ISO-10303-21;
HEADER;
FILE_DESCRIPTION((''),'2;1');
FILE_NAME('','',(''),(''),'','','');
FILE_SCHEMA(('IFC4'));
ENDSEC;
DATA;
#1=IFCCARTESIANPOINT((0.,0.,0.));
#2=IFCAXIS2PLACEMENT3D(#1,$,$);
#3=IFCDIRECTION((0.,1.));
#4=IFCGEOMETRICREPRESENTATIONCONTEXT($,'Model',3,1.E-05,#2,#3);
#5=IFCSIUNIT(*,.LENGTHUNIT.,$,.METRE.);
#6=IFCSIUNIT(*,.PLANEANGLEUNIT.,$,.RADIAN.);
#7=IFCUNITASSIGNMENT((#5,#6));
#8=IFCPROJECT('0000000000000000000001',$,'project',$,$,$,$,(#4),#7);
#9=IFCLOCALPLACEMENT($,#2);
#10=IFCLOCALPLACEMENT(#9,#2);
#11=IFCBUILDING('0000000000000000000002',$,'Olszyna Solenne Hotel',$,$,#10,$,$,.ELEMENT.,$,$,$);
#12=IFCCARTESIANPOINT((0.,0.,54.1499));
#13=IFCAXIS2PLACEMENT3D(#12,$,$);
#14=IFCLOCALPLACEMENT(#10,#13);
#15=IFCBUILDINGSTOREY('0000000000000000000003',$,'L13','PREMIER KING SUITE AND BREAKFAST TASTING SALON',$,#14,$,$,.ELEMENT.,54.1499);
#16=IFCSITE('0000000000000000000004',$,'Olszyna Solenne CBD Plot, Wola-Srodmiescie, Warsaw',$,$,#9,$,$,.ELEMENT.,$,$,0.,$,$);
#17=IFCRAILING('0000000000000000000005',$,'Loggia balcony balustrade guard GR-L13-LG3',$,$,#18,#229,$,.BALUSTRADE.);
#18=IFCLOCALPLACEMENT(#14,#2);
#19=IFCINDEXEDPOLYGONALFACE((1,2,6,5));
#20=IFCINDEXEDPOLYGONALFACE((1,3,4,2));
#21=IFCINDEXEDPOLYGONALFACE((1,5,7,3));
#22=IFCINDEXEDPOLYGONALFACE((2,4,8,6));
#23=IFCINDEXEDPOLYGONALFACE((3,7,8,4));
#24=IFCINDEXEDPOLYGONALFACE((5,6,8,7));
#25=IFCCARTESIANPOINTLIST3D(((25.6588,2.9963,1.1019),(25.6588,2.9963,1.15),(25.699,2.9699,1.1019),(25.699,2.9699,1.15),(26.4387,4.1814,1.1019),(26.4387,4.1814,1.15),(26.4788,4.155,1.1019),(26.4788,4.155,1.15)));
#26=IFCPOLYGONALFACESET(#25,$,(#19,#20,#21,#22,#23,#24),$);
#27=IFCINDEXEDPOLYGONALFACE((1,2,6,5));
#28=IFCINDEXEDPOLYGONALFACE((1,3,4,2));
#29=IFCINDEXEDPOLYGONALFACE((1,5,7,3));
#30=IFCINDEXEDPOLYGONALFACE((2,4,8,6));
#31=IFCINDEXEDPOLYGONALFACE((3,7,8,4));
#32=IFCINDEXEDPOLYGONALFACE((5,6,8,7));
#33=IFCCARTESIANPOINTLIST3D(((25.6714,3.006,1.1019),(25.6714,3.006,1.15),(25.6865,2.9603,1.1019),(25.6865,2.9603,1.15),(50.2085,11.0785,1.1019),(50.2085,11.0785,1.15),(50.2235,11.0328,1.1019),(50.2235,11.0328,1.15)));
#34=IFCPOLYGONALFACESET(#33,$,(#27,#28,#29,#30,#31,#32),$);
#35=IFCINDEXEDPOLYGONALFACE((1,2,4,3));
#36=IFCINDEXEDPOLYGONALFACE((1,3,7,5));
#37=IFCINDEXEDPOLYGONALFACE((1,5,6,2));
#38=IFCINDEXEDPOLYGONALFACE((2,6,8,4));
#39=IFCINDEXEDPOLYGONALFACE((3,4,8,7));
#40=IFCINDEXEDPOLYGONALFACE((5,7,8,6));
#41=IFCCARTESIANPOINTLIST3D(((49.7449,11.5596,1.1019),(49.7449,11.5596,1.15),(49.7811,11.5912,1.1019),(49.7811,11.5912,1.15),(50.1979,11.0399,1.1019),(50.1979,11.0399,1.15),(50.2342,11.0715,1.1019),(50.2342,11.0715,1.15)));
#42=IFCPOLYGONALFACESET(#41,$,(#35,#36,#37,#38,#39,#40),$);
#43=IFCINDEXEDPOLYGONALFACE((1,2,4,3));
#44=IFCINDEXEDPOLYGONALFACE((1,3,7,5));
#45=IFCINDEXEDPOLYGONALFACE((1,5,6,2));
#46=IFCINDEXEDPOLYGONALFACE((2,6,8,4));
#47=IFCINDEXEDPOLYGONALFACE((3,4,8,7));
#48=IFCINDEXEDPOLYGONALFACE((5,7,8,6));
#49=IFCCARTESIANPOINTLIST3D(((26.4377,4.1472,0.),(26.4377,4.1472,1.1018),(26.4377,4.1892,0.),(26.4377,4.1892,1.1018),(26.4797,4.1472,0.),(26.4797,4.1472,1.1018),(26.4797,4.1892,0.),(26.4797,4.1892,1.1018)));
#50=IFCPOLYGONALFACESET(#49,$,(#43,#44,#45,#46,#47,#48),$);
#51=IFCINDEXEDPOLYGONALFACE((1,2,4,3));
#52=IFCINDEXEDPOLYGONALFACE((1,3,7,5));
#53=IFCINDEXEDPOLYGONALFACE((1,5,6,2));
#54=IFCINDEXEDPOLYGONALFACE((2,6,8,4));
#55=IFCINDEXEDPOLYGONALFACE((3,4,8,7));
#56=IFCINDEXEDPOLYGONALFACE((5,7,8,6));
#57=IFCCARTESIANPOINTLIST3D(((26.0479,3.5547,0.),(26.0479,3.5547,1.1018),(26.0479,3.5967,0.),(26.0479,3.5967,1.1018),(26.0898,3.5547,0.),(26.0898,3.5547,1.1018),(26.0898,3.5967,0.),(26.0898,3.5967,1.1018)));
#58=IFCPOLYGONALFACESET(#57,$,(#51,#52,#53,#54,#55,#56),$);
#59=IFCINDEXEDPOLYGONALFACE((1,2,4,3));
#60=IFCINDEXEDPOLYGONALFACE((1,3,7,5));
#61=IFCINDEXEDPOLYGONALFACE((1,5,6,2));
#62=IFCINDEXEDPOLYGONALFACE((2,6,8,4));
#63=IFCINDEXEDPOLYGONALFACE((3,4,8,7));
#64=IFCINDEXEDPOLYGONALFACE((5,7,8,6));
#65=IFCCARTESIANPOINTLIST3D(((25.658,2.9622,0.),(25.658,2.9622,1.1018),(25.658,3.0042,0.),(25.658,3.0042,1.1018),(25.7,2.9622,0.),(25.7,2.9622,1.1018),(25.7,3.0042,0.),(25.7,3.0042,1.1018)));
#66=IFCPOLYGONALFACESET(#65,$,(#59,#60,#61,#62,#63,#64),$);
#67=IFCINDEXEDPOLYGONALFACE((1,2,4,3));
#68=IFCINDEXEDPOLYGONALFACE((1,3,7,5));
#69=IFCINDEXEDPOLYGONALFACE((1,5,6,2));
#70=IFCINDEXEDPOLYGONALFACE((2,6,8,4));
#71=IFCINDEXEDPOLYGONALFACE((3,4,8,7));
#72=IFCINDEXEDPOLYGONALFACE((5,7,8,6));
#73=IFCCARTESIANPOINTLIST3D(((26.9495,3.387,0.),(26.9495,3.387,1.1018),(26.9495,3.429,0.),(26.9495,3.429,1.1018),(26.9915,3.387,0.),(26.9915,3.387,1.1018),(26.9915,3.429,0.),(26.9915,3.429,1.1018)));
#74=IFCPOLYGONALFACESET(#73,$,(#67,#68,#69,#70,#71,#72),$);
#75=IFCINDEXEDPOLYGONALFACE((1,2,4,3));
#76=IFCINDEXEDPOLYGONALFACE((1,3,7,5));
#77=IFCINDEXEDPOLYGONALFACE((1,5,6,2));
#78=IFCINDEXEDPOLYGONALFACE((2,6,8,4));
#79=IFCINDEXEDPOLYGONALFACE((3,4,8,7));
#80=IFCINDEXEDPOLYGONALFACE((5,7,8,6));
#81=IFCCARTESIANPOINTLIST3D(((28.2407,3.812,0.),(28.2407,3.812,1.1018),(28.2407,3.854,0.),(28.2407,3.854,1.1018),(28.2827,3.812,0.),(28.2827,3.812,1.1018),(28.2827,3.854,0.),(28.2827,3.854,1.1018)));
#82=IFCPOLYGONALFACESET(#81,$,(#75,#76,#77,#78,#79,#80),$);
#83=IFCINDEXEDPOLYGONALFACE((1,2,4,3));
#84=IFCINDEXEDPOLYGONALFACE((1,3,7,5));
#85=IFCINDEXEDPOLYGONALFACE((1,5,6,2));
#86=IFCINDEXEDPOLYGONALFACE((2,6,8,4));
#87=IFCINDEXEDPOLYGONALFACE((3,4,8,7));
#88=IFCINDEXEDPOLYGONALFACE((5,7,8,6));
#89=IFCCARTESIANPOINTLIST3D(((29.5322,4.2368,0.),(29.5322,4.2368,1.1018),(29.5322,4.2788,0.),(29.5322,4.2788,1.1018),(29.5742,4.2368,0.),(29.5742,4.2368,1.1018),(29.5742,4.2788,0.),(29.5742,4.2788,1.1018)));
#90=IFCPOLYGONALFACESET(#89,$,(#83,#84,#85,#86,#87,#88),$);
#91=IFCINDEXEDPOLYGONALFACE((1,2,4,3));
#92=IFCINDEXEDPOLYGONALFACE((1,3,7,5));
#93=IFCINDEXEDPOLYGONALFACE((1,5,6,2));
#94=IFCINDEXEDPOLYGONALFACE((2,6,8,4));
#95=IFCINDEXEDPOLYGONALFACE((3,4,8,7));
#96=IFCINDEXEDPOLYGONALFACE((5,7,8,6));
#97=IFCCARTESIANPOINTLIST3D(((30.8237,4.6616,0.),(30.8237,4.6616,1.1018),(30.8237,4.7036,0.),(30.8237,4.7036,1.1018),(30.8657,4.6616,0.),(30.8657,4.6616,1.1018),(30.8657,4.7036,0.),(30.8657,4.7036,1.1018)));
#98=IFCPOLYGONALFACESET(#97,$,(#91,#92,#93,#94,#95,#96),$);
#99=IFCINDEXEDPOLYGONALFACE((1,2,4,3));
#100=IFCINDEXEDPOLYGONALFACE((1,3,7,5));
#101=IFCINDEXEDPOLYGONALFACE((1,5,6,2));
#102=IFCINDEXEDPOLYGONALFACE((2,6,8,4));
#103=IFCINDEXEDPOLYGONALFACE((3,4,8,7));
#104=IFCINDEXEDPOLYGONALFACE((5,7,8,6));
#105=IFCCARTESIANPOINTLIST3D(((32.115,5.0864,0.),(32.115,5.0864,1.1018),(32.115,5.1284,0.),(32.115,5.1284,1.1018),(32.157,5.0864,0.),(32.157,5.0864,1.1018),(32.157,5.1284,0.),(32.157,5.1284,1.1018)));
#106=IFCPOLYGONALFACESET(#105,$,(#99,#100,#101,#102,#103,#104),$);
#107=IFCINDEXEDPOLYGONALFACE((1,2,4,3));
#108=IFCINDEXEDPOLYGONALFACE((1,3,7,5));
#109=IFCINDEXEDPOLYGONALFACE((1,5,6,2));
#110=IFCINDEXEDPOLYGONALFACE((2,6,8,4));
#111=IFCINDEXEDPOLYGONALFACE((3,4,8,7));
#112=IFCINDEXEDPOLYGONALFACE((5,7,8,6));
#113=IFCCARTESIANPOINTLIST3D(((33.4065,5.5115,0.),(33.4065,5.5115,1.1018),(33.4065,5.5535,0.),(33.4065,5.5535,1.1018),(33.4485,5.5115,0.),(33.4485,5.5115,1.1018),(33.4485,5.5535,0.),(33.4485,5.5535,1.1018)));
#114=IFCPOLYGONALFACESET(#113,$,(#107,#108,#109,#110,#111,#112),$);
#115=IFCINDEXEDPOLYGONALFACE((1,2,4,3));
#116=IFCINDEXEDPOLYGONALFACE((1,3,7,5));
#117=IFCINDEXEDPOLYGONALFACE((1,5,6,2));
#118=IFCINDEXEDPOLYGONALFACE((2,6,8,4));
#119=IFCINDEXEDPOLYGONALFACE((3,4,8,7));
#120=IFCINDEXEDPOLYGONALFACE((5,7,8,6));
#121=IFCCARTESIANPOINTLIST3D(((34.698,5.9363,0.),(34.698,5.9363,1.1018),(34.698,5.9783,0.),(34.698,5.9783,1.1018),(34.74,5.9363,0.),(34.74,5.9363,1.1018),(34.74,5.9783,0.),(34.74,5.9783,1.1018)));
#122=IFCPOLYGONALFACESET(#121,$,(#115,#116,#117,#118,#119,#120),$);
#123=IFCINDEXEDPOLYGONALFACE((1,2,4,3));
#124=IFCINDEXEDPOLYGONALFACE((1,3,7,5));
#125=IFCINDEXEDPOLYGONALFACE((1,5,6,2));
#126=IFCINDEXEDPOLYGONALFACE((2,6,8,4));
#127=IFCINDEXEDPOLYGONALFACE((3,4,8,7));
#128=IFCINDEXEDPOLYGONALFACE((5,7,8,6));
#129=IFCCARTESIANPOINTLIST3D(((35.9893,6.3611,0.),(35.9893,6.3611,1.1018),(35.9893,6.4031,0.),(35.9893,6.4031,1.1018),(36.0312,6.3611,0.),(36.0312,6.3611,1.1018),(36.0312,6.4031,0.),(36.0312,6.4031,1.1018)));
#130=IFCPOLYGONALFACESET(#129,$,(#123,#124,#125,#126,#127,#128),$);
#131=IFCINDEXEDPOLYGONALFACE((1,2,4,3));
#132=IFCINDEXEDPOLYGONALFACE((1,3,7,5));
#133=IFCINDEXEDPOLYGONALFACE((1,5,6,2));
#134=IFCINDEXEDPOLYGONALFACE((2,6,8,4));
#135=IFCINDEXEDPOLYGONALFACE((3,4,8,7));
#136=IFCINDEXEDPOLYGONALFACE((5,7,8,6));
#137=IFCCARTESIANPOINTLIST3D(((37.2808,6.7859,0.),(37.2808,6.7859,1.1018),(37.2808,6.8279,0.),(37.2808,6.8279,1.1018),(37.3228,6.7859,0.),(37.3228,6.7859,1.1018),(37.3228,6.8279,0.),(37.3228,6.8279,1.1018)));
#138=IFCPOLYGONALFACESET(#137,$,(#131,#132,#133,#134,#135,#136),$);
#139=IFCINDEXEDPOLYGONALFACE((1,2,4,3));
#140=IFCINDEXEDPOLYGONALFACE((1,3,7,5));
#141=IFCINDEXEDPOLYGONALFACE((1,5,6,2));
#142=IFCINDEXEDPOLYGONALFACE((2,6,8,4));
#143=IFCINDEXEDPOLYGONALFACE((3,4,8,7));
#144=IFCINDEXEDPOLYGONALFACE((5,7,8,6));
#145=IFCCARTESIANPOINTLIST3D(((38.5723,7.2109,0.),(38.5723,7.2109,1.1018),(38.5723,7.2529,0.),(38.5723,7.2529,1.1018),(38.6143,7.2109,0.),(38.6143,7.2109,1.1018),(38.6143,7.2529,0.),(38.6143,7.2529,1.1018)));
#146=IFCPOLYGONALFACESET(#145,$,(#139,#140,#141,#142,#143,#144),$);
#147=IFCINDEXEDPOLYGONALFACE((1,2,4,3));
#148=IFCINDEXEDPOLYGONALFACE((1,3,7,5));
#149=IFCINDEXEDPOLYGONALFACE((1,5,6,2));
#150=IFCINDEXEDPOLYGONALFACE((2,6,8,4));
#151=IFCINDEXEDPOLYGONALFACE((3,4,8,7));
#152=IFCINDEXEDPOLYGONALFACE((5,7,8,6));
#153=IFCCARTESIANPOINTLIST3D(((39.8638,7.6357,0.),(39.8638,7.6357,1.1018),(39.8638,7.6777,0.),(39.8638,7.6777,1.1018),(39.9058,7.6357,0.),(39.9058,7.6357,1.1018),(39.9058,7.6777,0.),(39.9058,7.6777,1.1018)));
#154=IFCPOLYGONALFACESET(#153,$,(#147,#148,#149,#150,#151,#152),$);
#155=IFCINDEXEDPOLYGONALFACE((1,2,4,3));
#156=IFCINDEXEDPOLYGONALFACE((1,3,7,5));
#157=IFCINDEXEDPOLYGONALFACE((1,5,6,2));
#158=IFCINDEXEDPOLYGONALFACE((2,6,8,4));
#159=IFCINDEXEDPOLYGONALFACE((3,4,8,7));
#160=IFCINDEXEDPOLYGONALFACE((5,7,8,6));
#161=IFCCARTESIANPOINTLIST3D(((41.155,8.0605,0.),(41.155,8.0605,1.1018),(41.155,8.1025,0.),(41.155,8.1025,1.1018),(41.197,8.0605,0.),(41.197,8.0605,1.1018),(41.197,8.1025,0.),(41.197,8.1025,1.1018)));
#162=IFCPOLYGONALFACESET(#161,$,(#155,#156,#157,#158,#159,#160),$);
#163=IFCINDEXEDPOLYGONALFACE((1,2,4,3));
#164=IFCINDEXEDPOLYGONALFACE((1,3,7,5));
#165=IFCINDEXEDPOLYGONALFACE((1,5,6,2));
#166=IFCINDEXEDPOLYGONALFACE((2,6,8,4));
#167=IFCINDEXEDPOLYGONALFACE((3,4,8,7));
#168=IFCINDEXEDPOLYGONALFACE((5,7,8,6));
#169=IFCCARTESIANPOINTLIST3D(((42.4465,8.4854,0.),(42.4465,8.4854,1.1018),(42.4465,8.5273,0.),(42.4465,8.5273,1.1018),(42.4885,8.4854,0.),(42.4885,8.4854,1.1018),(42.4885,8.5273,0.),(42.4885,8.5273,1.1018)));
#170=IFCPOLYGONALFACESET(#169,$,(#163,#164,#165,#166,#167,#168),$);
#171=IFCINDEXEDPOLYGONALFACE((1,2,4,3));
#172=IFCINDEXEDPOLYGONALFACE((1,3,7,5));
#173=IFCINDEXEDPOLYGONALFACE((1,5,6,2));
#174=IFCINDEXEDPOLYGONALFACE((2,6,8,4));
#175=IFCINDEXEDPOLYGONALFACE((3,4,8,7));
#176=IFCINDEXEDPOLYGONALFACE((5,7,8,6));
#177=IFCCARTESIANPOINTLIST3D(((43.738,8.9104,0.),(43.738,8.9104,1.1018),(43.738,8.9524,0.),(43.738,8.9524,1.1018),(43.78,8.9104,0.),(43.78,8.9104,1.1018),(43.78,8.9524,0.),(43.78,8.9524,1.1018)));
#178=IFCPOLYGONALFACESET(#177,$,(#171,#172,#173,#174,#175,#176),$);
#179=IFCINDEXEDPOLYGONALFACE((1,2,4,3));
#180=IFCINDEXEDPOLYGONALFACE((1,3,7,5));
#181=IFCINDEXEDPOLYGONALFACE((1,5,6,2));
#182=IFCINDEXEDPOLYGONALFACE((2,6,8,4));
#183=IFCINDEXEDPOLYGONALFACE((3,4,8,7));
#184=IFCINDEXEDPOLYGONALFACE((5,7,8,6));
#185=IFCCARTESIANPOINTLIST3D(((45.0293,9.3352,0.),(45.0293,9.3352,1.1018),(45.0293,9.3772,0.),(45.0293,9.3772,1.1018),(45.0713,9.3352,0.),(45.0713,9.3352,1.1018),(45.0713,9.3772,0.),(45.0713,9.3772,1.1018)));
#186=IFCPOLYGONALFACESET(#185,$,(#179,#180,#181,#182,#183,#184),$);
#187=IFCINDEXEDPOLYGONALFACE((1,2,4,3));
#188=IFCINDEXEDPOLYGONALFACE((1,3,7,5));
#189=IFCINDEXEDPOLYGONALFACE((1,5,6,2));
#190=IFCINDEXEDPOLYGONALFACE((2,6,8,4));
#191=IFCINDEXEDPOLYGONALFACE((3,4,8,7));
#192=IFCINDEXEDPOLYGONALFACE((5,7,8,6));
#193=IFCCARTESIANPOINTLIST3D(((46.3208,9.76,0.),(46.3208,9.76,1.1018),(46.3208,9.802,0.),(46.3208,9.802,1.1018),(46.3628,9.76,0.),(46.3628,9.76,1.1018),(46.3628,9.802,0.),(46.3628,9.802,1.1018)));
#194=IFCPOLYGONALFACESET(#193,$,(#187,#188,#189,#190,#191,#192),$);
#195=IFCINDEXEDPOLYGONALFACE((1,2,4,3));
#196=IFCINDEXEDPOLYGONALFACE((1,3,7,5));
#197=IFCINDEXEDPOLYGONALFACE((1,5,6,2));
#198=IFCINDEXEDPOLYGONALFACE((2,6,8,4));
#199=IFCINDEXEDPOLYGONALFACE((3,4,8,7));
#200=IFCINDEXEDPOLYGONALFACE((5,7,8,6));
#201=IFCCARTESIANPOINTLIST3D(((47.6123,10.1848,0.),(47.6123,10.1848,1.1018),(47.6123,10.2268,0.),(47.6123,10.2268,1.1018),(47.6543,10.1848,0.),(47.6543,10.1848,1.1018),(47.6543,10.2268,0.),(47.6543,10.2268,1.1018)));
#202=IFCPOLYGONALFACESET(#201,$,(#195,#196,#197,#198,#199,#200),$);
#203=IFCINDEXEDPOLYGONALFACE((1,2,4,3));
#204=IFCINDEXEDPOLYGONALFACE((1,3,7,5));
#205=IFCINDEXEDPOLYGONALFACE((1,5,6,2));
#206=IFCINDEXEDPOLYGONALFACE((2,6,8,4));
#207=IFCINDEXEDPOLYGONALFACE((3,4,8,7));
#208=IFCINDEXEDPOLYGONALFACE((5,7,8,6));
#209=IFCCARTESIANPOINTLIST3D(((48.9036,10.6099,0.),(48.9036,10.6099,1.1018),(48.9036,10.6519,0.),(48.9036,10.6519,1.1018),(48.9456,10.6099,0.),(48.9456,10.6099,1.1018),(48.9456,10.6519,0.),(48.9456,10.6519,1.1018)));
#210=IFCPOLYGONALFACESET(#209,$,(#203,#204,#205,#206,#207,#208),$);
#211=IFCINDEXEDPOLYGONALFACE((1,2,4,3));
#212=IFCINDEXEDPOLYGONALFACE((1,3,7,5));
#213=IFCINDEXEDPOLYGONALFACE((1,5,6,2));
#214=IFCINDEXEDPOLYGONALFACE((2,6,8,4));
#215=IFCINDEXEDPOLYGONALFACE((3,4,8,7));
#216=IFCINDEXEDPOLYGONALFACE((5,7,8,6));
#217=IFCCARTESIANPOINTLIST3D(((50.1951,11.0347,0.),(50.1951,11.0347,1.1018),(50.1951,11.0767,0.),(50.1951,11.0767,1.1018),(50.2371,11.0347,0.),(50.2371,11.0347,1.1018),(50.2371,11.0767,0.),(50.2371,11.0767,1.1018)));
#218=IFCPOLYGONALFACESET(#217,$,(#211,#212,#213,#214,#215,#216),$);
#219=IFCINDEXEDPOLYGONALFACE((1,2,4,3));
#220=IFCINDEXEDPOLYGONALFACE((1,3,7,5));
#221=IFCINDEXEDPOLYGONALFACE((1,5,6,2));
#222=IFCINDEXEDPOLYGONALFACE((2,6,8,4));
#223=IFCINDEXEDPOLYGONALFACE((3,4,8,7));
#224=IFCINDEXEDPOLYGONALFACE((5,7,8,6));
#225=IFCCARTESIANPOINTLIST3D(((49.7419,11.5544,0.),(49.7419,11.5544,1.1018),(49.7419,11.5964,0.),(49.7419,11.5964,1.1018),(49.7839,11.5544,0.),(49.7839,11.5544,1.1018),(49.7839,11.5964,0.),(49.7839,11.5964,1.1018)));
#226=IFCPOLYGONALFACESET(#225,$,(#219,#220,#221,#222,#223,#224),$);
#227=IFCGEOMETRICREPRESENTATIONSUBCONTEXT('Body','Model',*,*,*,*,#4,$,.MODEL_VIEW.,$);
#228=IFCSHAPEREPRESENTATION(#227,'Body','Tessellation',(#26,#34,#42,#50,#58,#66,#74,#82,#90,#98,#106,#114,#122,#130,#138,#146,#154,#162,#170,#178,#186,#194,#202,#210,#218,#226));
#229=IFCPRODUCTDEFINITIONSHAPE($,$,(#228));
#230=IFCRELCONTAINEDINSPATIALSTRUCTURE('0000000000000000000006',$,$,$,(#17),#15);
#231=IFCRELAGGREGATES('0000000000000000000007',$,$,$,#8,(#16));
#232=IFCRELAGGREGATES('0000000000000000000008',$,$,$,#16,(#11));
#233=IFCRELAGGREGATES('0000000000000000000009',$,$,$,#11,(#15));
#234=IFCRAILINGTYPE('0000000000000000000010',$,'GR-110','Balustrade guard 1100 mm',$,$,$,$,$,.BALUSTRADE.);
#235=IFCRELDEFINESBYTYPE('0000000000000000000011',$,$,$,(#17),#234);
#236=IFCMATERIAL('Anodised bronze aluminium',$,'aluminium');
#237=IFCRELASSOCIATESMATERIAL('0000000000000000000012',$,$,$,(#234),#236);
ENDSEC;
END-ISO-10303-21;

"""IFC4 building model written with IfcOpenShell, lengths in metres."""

from ifc_helpers import new_model, si_unit, direction, frame, origin, origin_2d, place, context, subcontext, project, spatial, rectangle, extrude, material, type_object, element, save


model = new_model("IFC4")

# Units and contexts
model_context = context("Model", 3, precision=1e-05, world=origin(), true_north=direction((0.0, 1.0)))
body_context = subcontext(model_context, "Body", "Model", "MODEL_VIEW")
ifc_project = project(units=[si_unit("LENGTHUNIT", "METRE"), si_unit("PLANEANGLEUNIT", "RADIAN")], contexts=[model_context])

# Site, building, storey
site_placement = place(None, origin())
site = spatial("IfcSite", under=ifc_project, at=site_placement, Name="Olszyna Solenne CBD Plot, Wola-Srodmiescie, Warsaw", CompositionType="ELEMENT", RefElevation=0.0)
building_placement = place(site_placement, origin())
building = spatial("IfcBuilding", under=site, at=building_placement, Name="Olszyna Solenne Hotel", CompositionType="ELEMENT")
storey_placement = place(building_placement, frame((0.0, 0.0, 54.1499)))
storey = spatial("IfcBuildingStorey", under=building, at=storey_placement, Name="L13", Description="PREMIER KING SUITE AND BREAKFAST TASTING SALON", CompositionType="ELEMENT", Elevation=54.1499)

# Railing
ifc_material_1 = material(Name="Anodised bronze aluminium", Category="aluminium")
railing_type = type_object("IfcRailingType", Name="GR-110", Description="Balustrade guard 1100 mm", PredefinedType="BALUSTRADE", material=ifc_material_1)
railing_placement = place(storey_placement, frame((26.4587, 4.1682, 0.0)))
element("IfcRailing", 1, at=railing_placement, inside=storey, type_object=railing_type, Name="Loggia balcony balustrade guard GR-L13-LG3", PredefinedType="BALUSTRADE", context=body_context, shape_type="SweptSolid", body=[
    extrude(rectangle(XDim=0.0481, YDim=0.0481, at=origin_2d()), frame((0.0, 0.0, 1.126), z_axis=(-0.549686, -0.835371, 0.0), x_axis=(0.835371, -0.549686, 0.0)), (0.0, 0.0, 1.0), 1.4187),
    extrude(rectangle(XDim=0.0481, YDim=0.0481, at=origin_2d()), frame((-0.7798, -1.1851, 1.126), z_axis=(0.949913, 0.312514, 0.0), x_axis=(-0.312514, 0.949913, 0.0)), (0.0, 0.0, 1.0), 25.8308),
    extrude(rectangle(XDim=0.0481, YDim=0.0481, at=origin_2d()), frame((23.7573, 6.8875, 1.126), z_axis=(-0.657125, 0.753782, 0.0), x_axis=(-0.753782, -0.657125, 0.0)), (0.0, 0.0, 1.0), 0.6895),
    extrude(rectangle(XDim=0.042, YDim=0.042, at=origin_2d()), origin(), (0.0, 0.0, 1.0), 1.1018),
    extrude(rectangle(XDim=0.042, YDim=0.042, at=origin_2d()), frame((-0.3899, -0.5925, 0.0)), (0.0, 0.0, 1.0), 1.1018),
    extrude(rectangle(XDim=0.042, YDim=0.042, at=origin_2d()), frame((-0.7798, -1.1851, 0.0)), (0.0, 0.0, 1.0), 1.1018),
    extrude(rectangle(XDim=0.042, YDim=0.042, at=origin_2d()), frame((0.5117, -0.7603, 0.0)), (0.0, 0.0, 1.0), 1.1018),
    extrude(rectangle(XDim=0.042, YDim=0.042, at=origin_2d()), frame((1.803, -0.3352, 0.0)), (0.0, 0.0, 1.0), 1.1018),
    extrude(rectangle(XDim=0.042, YDim=0.042, at=origin_2d()), frame((3.0945, 0.0896, 0.0)), (0.0, 0.0, 1.0), 1.1018),
    extrude(rectangle(XDim=0.042, YDim=0.042, at=origin_2d()), frame((4.386, 0.5144, 0.0)), (0.0, 0.0, 1.0), 1.1018),
    extrude(rectangle(XDim=0.042, YDim=0.042, at=origin_2d()), frame((5.6772, 0.9392, 0.0)), (0.0, 0.0, 1.0), 1.1018),
    extrude(rectangle(XDim=0.042, YDim=0.042, at=origin_2d()), frame((6.9688, 1.3643, 0.0)), (0.0, 0.0, 1.0), 1.1018),
    extrude(rectangle(XDim=0.042, YDim=0.042, at=origin_2d()), frame((8.2603, 1.7891, 0.0)), (0.0, 0.0, 1.0), 1.1018),
    extrude(rectangle(XDim=0.042, YDim=0.042, at=origin_2d()), frame((9.5515, 2.2139, 0.0)), (0.0, 0.0, 1.0), 1.1018),
    extrude(rectangle(XDim=0.042, YDim=0.042, at=origin_2d()), frame((10.843, 2.6387, 0.0)), (0.0, 0.0, 1.0), 1.1018),
    extrude(rectangle(XDim=0.042, YDim=0.042, at=origin_2d()), frame((12.1345, 3.0637, 0.0)), (0.0, 0.0, 1.0), 1.1018),
    extrude(rectangle(XDim=0.042, YDim=0.042, at=origin_2d()), frame((13.426, 3.4885, 0.0)), (0.0, 0.0, 1.0), 1.1018),
    extrude(rectangle(XDim=0.042, YDim=0.042, at=origin_2d()), frame((14.7173, 3.9133, 0.0)), (0.0, 0.0, 1.0), 1.1018),
    extrude(rectangle(XDim=0.042, YDim=0.042, at=origin_2d()), frame((16.0088, 4.3381, 0.0)), (0.0, 0.0, 1.0), 1.1018),
    extrude(rectangle(XDim=0.042, YDim=0.042, at=origin_2d()), frame((17.3003, 4.7632, 0.0)), (0.0, 0.0, 1.0), 1.1018),
    extrude(rectangle(XDim=0.042, YDim=0.042, at=origin_2d()), frame((18.5916, 5.188, 0.0)), (0.0, 0.0, 1.0), 1.1018),
    extrude(rectangle(XDim=0.042, YDim=0.042, at=origin_2d()), frame((19.8831, 5.6128, 0.0)), (0.0, 0.0, 1.0), 1.1018),
    extrude(rectangle(XDim=0.042, YDim=0.042, at=origin_2d()), frame((21.1746, 6.0376, 0.0)), (0.0, 0.0, 1.0), 1.1018),
    extrude(rectangle(XDim=0.042, YDim=0.042, at=origin_2d()), frame((22.4658, 6.4626, 0.0)), (0.0, 0.0, 1.0), 1.1018),
    extrude(rectangle(XDim=0.042, YDim=0.042, at=origin_2d()), frame((23.7573, 6.8875, 0.0)), (0.0, 0.0, 1.0), 1.1018),
    extrude(rectangle(XDim=0.042, YDim=0.042, at=origin_2d()), frame((23.3042, 7.4072, 0.0)), (0.0, 0.0, 1.0), 1.1018),
])

save(model, "model.ifc")
